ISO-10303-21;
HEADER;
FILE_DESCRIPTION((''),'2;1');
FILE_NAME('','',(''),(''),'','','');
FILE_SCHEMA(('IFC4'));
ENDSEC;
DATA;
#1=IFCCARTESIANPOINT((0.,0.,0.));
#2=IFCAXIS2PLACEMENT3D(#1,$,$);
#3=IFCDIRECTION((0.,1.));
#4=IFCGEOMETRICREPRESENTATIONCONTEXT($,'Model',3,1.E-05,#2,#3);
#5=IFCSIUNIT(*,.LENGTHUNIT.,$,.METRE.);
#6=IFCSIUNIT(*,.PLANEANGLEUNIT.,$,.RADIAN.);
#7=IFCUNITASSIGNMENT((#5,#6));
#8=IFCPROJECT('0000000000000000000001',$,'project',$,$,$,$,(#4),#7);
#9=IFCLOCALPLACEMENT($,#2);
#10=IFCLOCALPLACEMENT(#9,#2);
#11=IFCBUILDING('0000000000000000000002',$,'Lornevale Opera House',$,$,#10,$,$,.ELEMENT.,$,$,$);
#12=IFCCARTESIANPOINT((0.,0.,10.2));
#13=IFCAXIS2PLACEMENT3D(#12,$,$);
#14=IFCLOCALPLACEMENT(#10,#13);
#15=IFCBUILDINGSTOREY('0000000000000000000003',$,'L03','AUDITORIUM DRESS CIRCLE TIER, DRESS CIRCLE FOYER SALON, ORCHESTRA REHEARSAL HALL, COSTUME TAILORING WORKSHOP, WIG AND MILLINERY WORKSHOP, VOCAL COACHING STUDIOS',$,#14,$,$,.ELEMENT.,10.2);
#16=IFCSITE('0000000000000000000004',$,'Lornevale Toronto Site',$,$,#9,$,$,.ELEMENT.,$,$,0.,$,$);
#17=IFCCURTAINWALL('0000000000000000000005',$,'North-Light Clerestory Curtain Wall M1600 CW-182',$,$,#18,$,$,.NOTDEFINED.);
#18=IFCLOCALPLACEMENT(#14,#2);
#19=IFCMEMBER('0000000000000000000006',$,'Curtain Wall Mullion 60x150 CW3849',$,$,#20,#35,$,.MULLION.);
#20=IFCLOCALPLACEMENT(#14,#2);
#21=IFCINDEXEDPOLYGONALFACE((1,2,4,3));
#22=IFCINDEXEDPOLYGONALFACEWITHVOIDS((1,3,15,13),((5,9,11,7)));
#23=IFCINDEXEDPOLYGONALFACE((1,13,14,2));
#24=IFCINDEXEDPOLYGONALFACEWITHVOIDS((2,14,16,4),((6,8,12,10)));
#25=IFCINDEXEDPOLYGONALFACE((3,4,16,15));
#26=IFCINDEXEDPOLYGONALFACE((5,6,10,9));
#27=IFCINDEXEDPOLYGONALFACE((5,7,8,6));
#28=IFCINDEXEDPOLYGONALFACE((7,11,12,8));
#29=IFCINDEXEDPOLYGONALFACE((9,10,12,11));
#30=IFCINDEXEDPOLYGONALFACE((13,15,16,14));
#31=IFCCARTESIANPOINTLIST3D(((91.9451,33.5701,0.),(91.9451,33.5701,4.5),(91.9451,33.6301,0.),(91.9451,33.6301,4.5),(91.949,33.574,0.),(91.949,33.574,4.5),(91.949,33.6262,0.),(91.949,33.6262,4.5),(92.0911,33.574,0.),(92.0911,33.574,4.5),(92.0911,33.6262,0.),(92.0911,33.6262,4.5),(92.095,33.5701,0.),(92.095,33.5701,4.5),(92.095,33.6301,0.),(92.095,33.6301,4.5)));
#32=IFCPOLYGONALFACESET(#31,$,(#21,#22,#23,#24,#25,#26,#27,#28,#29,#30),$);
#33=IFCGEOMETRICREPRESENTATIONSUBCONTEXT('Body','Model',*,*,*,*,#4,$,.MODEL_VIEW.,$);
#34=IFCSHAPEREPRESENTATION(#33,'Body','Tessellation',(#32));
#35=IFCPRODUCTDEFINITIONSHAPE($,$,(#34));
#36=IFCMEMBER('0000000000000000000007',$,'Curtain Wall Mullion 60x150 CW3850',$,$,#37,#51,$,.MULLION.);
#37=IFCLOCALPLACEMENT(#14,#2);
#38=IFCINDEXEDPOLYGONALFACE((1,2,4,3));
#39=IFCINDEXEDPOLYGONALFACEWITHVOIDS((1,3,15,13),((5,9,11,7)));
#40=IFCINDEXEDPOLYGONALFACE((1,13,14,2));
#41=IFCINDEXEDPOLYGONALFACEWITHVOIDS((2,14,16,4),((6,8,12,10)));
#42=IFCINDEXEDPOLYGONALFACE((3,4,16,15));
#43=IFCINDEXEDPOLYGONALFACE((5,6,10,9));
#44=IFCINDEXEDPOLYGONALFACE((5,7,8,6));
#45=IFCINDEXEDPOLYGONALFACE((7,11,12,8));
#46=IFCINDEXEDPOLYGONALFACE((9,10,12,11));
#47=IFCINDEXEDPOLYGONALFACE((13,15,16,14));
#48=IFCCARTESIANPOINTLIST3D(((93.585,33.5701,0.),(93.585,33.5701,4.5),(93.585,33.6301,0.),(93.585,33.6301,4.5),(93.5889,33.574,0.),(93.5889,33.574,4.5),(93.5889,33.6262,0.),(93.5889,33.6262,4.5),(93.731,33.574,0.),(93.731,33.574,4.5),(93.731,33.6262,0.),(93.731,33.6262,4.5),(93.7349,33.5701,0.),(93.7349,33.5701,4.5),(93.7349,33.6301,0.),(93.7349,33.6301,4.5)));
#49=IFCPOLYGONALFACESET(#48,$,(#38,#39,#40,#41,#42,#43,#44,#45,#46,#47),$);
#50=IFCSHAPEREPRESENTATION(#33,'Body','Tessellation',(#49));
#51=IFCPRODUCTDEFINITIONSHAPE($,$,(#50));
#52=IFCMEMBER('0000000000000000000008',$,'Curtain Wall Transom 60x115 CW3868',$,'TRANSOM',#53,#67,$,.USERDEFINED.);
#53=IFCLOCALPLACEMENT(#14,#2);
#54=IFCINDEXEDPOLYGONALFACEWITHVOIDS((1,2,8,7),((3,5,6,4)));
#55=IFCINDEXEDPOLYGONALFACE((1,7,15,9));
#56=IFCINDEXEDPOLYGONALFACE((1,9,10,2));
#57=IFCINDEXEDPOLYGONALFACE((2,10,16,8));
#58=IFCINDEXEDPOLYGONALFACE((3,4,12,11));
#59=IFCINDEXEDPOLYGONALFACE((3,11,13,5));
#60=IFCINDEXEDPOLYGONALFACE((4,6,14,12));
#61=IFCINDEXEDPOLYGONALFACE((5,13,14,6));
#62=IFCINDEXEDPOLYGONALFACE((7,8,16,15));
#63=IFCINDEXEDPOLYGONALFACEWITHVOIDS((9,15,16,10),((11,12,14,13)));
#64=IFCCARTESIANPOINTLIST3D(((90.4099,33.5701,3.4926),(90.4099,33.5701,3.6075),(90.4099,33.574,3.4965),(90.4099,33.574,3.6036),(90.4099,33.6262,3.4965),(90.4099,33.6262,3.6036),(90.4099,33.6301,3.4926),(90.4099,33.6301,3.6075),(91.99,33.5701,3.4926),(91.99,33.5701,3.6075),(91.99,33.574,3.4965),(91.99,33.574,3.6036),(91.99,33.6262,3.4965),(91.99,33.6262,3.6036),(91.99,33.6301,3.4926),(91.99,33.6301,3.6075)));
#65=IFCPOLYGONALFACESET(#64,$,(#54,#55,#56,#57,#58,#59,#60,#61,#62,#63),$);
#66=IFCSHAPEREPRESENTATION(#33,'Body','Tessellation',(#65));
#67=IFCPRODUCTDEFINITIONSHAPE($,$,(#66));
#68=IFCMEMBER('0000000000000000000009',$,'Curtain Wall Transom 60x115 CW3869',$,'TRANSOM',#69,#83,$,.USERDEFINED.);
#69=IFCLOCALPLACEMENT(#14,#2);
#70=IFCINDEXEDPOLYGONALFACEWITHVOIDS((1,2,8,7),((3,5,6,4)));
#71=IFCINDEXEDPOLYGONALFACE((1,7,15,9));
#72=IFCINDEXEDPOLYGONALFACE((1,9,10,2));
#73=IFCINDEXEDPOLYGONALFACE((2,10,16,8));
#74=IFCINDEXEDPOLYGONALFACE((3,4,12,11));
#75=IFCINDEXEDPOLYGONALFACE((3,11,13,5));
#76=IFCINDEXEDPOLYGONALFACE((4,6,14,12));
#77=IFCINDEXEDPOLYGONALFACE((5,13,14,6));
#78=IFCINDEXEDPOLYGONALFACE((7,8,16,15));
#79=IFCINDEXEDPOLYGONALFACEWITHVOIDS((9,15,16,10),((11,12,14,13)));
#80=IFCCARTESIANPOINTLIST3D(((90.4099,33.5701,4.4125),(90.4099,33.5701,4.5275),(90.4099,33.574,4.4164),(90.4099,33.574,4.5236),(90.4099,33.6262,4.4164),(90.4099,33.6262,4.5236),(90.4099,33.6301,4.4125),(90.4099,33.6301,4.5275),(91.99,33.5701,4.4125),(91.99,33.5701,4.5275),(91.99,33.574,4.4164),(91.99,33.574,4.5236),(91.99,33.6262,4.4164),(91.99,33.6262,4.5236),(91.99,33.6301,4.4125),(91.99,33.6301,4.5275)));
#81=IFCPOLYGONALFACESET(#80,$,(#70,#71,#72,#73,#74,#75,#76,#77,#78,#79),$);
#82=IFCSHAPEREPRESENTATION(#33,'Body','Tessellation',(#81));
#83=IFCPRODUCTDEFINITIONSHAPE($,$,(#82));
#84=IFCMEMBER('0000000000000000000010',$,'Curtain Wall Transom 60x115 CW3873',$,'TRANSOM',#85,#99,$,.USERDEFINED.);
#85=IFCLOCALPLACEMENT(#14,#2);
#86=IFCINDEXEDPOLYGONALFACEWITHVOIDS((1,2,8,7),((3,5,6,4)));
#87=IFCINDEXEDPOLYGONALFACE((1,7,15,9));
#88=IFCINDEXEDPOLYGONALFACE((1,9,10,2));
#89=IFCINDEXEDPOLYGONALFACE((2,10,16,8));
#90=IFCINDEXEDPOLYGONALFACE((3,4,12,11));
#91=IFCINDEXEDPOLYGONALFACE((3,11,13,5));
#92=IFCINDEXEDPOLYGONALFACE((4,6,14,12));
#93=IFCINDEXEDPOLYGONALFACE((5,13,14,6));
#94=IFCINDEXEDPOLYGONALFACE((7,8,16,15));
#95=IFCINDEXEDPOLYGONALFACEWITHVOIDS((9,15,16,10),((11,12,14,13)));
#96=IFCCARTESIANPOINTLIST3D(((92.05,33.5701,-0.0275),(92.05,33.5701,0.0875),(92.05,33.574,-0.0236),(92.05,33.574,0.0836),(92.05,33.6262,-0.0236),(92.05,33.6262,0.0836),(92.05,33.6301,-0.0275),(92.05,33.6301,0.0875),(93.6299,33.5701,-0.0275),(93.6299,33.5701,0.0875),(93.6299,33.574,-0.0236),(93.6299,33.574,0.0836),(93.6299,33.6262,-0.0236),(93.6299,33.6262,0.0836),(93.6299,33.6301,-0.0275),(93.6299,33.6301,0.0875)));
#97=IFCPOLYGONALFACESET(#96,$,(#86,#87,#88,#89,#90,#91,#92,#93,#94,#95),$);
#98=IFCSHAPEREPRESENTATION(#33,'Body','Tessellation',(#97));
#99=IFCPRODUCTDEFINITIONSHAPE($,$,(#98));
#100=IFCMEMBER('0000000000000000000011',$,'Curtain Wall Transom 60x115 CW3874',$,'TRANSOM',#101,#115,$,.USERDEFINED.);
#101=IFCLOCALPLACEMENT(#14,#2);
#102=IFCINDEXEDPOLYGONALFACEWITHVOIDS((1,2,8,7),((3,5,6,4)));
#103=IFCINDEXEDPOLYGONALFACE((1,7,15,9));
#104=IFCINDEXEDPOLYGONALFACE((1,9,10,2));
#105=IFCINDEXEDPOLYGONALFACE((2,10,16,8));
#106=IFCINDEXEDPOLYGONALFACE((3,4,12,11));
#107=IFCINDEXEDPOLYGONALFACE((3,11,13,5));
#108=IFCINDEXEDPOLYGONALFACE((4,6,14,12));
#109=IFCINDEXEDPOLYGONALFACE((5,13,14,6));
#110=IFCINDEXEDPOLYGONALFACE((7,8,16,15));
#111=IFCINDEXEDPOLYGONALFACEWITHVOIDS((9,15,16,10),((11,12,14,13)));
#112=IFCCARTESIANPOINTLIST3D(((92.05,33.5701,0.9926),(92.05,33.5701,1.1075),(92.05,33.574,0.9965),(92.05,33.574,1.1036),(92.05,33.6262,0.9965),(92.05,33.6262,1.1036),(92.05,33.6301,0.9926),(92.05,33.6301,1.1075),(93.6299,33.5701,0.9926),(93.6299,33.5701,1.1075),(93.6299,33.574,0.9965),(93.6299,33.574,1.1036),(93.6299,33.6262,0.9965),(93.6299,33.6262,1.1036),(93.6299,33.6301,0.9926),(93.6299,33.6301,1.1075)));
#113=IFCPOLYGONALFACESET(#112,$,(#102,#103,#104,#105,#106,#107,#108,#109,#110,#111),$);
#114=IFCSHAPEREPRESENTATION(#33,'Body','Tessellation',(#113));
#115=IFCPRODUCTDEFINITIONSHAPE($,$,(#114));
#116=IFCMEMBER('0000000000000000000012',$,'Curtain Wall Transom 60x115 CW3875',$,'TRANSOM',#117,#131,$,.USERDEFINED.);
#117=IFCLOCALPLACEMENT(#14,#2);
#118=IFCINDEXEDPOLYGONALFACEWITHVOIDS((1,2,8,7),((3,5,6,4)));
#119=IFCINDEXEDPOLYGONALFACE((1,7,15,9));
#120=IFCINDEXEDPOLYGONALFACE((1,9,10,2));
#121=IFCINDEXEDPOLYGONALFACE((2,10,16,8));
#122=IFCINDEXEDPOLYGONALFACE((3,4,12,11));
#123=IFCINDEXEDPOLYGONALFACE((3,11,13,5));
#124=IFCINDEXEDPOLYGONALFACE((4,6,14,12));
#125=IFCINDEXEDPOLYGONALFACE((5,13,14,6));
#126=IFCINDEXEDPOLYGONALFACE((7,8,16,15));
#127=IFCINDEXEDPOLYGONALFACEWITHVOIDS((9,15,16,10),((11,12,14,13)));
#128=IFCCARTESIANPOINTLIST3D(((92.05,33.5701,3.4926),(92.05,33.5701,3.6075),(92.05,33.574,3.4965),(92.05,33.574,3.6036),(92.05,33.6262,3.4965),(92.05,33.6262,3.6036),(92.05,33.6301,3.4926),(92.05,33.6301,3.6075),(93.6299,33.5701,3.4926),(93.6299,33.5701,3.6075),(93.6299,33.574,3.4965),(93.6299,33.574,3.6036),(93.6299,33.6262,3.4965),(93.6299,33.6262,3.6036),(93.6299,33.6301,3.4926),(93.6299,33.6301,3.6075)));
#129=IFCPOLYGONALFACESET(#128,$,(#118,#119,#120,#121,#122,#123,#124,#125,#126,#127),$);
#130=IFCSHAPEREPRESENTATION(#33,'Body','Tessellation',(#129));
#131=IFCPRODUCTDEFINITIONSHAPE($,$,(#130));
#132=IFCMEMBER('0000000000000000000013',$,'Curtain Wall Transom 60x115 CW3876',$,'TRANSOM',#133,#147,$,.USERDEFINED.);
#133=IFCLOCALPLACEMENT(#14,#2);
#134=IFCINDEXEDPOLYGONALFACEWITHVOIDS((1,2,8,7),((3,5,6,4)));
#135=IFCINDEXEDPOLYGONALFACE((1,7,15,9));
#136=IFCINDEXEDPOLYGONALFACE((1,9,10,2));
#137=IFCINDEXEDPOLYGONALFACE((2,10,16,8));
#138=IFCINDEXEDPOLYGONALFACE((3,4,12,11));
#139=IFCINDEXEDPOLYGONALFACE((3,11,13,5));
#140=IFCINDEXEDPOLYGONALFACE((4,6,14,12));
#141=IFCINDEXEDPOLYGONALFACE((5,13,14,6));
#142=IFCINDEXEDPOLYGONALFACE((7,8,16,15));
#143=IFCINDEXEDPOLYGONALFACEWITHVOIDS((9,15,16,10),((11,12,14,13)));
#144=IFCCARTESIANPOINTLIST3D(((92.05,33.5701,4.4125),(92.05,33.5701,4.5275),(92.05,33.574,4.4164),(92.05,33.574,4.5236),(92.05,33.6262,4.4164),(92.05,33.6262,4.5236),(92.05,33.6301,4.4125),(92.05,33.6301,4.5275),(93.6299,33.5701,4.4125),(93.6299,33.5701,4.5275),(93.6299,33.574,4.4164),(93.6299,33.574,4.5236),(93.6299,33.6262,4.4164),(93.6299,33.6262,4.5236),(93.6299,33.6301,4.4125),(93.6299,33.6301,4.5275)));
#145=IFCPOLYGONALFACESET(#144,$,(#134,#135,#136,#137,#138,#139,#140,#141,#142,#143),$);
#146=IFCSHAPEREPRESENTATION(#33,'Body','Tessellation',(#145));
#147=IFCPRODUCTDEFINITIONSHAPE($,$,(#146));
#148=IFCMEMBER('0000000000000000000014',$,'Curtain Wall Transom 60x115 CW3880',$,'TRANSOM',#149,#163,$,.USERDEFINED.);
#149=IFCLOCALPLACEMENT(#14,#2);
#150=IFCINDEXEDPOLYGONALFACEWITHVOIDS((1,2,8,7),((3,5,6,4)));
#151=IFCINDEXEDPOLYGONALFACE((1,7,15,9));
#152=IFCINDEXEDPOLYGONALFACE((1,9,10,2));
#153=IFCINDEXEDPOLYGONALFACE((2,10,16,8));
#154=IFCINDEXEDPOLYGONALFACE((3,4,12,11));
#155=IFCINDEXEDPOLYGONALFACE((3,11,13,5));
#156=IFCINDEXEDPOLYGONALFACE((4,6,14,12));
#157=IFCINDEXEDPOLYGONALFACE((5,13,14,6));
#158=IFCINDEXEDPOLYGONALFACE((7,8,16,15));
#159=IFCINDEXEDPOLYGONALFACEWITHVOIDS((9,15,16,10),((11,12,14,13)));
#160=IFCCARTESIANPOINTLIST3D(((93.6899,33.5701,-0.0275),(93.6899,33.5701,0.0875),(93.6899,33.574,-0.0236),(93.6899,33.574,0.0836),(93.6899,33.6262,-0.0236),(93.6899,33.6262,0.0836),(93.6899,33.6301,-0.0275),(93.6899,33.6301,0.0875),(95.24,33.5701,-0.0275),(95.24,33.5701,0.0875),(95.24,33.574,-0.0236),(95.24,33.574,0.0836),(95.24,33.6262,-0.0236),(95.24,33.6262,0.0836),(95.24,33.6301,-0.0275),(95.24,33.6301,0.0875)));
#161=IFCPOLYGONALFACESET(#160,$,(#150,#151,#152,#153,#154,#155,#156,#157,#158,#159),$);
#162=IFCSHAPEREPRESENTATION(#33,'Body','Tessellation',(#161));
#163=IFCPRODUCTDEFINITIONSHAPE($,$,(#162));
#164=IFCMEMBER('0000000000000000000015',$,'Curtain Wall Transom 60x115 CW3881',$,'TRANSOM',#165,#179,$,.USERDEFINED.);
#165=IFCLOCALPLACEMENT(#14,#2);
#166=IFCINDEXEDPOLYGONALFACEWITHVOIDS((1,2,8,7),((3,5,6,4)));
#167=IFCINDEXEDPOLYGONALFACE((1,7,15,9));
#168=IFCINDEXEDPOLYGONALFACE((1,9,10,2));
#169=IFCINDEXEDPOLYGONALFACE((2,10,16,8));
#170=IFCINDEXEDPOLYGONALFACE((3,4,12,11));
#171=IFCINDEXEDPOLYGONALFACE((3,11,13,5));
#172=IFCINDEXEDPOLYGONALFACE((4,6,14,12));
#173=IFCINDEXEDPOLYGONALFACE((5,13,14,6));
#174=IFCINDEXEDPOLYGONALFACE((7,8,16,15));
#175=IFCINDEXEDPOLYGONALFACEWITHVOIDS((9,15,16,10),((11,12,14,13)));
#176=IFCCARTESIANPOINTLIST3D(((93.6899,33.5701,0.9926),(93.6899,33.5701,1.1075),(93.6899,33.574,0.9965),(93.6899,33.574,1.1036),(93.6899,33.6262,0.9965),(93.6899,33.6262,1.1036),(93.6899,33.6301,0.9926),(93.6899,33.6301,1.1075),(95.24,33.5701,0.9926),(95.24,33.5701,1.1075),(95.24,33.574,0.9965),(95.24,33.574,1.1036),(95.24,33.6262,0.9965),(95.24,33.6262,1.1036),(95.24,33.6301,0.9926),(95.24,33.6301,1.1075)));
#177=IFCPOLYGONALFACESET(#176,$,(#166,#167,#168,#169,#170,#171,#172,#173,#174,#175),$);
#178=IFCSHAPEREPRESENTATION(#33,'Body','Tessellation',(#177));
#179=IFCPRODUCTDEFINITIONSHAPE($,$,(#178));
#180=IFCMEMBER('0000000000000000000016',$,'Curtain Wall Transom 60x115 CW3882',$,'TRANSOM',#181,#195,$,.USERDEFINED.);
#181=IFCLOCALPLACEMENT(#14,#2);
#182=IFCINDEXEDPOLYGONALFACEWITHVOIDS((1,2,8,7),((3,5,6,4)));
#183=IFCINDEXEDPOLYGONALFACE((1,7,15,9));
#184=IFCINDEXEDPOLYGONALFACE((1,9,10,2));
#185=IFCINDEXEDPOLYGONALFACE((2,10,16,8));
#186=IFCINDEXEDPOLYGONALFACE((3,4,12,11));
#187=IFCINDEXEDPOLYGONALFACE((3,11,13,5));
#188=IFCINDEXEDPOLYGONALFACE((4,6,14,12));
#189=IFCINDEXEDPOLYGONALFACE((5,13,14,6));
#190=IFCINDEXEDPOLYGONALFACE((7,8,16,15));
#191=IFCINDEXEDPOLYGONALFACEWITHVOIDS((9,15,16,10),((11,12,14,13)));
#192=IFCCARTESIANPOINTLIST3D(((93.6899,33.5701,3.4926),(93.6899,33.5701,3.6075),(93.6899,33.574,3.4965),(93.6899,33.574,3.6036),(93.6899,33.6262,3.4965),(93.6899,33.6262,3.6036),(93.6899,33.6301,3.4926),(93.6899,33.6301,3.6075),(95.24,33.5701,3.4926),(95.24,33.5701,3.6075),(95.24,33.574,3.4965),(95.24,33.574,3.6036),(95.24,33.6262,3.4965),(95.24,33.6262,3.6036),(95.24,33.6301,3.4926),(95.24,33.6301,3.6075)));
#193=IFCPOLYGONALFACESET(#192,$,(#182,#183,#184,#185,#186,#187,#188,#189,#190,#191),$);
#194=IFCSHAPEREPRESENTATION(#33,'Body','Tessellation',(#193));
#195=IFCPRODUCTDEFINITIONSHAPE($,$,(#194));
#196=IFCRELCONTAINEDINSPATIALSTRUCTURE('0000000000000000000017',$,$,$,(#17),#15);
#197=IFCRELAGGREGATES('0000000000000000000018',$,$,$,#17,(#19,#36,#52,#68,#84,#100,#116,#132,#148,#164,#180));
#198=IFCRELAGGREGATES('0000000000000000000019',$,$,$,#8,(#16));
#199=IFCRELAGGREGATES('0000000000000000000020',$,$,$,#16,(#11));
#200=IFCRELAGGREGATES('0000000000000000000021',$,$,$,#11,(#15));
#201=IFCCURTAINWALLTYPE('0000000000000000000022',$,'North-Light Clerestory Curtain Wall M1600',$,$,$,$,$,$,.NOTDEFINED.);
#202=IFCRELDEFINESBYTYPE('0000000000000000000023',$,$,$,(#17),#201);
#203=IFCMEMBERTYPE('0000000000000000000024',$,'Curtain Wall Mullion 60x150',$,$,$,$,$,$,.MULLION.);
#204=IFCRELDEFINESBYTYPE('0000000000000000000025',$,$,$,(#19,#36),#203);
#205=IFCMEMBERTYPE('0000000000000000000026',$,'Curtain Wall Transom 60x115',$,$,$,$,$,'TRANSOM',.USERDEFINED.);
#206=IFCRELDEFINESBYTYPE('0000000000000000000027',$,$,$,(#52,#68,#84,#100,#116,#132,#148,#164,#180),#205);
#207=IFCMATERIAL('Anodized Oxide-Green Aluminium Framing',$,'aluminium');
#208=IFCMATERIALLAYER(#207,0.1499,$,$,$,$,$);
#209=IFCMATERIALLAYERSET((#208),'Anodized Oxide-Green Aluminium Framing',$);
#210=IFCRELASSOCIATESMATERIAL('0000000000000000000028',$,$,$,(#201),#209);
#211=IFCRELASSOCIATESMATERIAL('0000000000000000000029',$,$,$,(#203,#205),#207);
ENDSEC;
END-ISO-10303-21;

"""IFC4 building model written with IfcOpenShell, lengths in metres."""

from ifc_helpers import new_model, si_unit, direction, frame, origin, origin_2d, place, context, subcontext, project, spatial, hollow_rectangle, extrude, material, layer, layer_set, material_profile, profile_set, type_object, element, aggregate, save


model = new_model("IFC4")

# Units and contexts
model_context = context("Model", 3, precision=1e-05, world=origin(), true_north=direction((0.0, 1.0)))
body_context = subcontext(model_context, "Body", "Model", "MODEL_VIEW")
ifc_project = project(units=[si_unit("LENGTHUNIT", "METRE"), si_unit("PLANEANGLEUNIT", "RADIAN")], contexts=[model_context])

# Site, building, storey
site_placement = place(None, origin())
site = spatial("IfcSite", under=ifc_project, at=site_placement, Name="Lornevale Toronto Site", CompositionType="ELEMENT", RefElevation=0.0)
building_placement = place(site_placement, origin())
building = spatial("IfcBuilding", under=site, at=building_placement, Name="Lornevale Opera House", CompositionType="ELEMENT")
storey_placement = place(building_placement, frame((0.0, 0.0, 10.2)))
storey = spatial("IfcBuildingStorey", under=building, at=storey_placement, Name="L03", Description="AUDITORIUM DRESS CIRCLE TIER, DRESS CIRCLE FOYER SALON, ORCHESTRA REHEARSAL HALL, COSTUME TAILORING WORKSHOP, WIG AND MILLINERY WORKSHOP, VOCAL COACHING STUDIOS", CompositionType="ELEMENT", Elevation=10.2)

# Curtain wall, members
ifc_material_1 = material(Name="Anodized Oxide-Green Aluminium Framing", Category="aluminium")
ifc_layer_1 = layer(ifc_material_1, 0.1499)
ifc_layer_set_1 = layer_set([ifc_layer_1], Name="Anodized Oxide-Green Aluminium Framing")
curtain_wall_type = type_object("IfcCurtainWallType", Name="North-Light Clerestory Curtain Wall M1600", PredefinedType="NOTDEFINED", material=ifc_layer_set_1)
curtain_wall_placement = place(storey_placement, origin())
curtain_wall = element("IfcCurtainWall", 1, at=curtain_wall_placement, inside=storey, type_object=curtain_wall_type, Name="North-Light Clerestory Curtain Wall M1600 CW-182", PredefinedType="NOTDEFINED")
ifc_material_profile_1 = material_profile(ifc_material_1, hollow_rectangle(XDim=0.0601, YDim=0.1499, WallThickness=0.0039, at=origin_2d()), Name="ALU60x150x4")
ifc_profile_set_1 = profile_set([ifc_material_profile_1], Name="Anodized Oxide-Green Aluminium Framing")
member_type_1 = type_object("IfcMemberType", Name="Curtain Wall Mullion 60x150", PredefinedType="MULLION", material=ifc_profile_set_1)
member_1_placement = place(storey_placement, frame((92.02, 33.6001, 0.0), z_axis=(0.0, 0.0, 1.0), x_axis=(0.0, 1.0, 0.0)))
member_1 = element("IfcMember", 2, at=member_1_placement, type_object=member_type_1, Name="Curtain Wall Mullion 60x150 CW3849", PredefinedType="MULLION", context=body_context, shape_type="SweptSolid", body=[
    extrude(hollow_rectangle(XDim=0.0601, YDim=0.1499, WallThickness=0.0039, at=origin_2d()), origin(), (0.0, 0.0, 1.0), 4.5),
])
member_2_placement = place(storey_placement, frame((93.6599, 33.6001, 0.0), z_axis=(0.0, 0.0, 1.0), x_axis=(0.0, 1.0, 0.0)))
member_2 = element("IfcMember", 3, at=member_2_placement, type_object=member_type_1, Name="Curtain Wall Mullion 60x150 CW3850", PredefinedType="MULLION", context=body_context, shape_type="SweptSolid", body=[
    extrude(hollow_rectangle(XDim=0.0601, YDim=0.1499, WallThickness=0.0039, at=origin_2d()), origin(), (0.0, 0.0, 1.0), 4.5),
])
ifc_material_profile_2 = material_profile(ifc_material_1, hollow_rectangle(XDim=0.0601, YDim=0.115, WallThickness=0.0039, at=origin_2d()), Name="ALU60x115x4")
ifc_profile_set_2 = profile_set([ifc_material_profile_2], Name="Anodized Oxide-Green Aluminium Framing")
member_type_2 = type_object("IfcMemberType", Name="Curtain Wall Transom 60x115", ElementType="TRANSOM", PredefinedType="USERDEFINED", material=ifc_profile_set_2)
member_3_placement = place(storey_placement, frame((90.4099, 33.6001, 3.55), z_axis=(1.0, 0.0, 0.0), x_axis=(0.0, 1.0, 0.0)))
member_3 = element("IfcMember", 4, at=member_3_placement, type_object=member_type_2, Name="Curtain Wall Transom 60x115 CW3868", ObjectType="TRANSOM", PredefinedType="USERDEFINED", context=body_context, shape_type="SweptSolid", body=[
    extrude(hollow_rectangle(XDim=0.0601, YDim=0.115, WallThickness=0.0039, at=origin_2d()), origin(), (0.0, 0.0, 1.0), 1.5801),
])
member_4_placement = place(storey_placement, frame((90.4099, 33.6001, 4.47), z_axis=(1.0, 0.0, 0.0), x_axis=(0.0, 1.0, 0.0)))
member_4 = element("IfcMember", 5, at=member_4_placement, type_object=member_type_2, Name="Curtain Wall Transom 60x115 CW3869", ObjectType="TRANSOM", PredefinedType="USERDEFINED", context=body_context, shape_type="SweptSolid", body=[
    extrude(hollow_rectangle(XDim=0.0601, YDim=0.115, WallThickness=0.0039, at=origin_2d()), origin(), (0.0, 0.0, 1.0), 1.5801),
])
member_5_placement = place(storey_placement, frame((92.05, 33.6001, 0.03), z_axis=(1.0, 0.0, 0.0), x_axis=(0.0, 1.0, 0.0)))
member_5 = element("IfcMember", 6, at=member_5_placement, type_object=member_type_2, Name="Curtain Wall Transom 60x115 CW3873", ObjectType="TRANSOM", PredefinedType="USERDEFINED", context=body_context, shape_type="SweptSolid", body=[
    extrude(hollow_rectangle(XDim=0.0601, YDim=0.115, WallThickness=0.0039, at=origin_2d()), origin(), (0.0, 0.0, 1.0), 1.5798),
])
member_6_placement = place(storey_placement, frame((92.05, 33.6001, 1.05), z_axis=(1.0, 0.0, 0.0), x_axis=(0.0, 1.0, 0.0)))
member_6 = element("IfcMember", 7, at=member_6_placement, type_object=member_type_2, Name="Curtain Wall Transom 60x115 CW3874", ObjectType="TRANSOM", PredefinedType="USERDEFINED", context=body_context, shape_type="SweptSolid", body=[
    extrude(hollow_rectangle(XDim=0.0601, YDim=0.115, WallThickness=0.0039, at=origin_2d()), origin(), (0.0, 0.0, 1.0), 1.5798),
])
member_7_placement = place(storey_placement, frame((92.05, 33.6001, 3.55), z_axis=(1.0, 0.0, 0.0), x_axis=(0.0, 1.0, 0.0)))
member_7 = element("IfcMember", 8, at=member_7_placement, type_object=member_type_2, Name="Curtain Wall Transom 60x115 CW3875", ObjectType="TRANSOM", PredefinedType="USERDEFINED", context=body_context, shape_type="SweptSolid", body=[
    extrude(hollow_rectangle(XDim=0.0601, YDim=0.115, WallThickness=0.0039, at=origin_2d()), origin(), (0.0, 0.0, 1.0), 1.5798),
])
member_8_placement = place(storey_placement, frame((92.05, 33.6001, 4.47), z_axis=(1.0, 0.0, 0.0), x_axis=(0.0, 1.0, 0.0)))
member_8 = element("IfcMember", 9, at=member_8_placement, type_object=member_type_2, Name="Curtain Wall Transom 60x115 CW3876", ObjectType="TRANSOM", PredefinedType="USERDEFINED", context=body_context, shape_type="SweptSolid", body=[
    extrude(hollow_rectangle(XDim=0.0601, YDim=0.115, WallThickness=0.0039, at=origin_2d()), origin(), (0.0, 0.0, 1.0), 1.5798),
])
member_9_placement = place(storey_placement, frame((93.6899, 33.6001, 0.03), z_axis=(1.0, 0.0, 0.0), x_axis=(0.0, 1.0, 0.0)))
member_9 = element("IfcMember", 10, at=member_9_placement, type_object=member_type_2, Name="Curtain Wall Transom 60x115 CW3880", ObjectType="TRANSOM", PredefinedType="USERDEFINED", context=body_context, shape_type="SweptSolid", body=[
    extrude(hollow_rectangle(XDim=0.0601, YDim=0.115, WallThickness=0.0039, at=origin_2d()), origin(), (0.0, 0.0, 1.0), 1.55),
])
member_10_placement = place(storey_placement, frame((93.6899, 33.6001, 1.05), z_axis=(1.0, 0.0, 0.0), x_axis=(0.0, 1.0, 0.0)))
member_10 = element("IfcMember", 11, at=member_10_placement, type_object=member_type_2, Name="Curtain Wall Transom 60x115 CW3881", ObjectType="TRANSOM", PredefinedType="USERDEFINED", context=body_context, shape_type="SweptSolid", body=[
    extrude(hollow_rectangle(XDim=0.0601, YDim=0.115, WallThickness=0.0039, at=origin_2d()), origin(), (0.0, 0.0, 1.0), 1.55),
])
member_11_placement = place(storey_placement, frame((93.6899, 33.6001, 3.55), z_axis=(1.0, 0.0, 0.0), x_axis=(0.0, 1.0, 0.0)))
member_11 = element("IfcMember", 12, at=member_11_placement, type_object=member_type_2, Name="Curtain Wall Transom 60x115 CW3882", ObjectType="TRANSOM", PredefinedType="USERDEFINED", context=body_context, shape_type="SweptSolid", body=[
    extrude(hollow_rectangle(XDim=0.0601, YDim=0.115, WallThickness=0.0039, at=origin_2d()), origin(), (0.0, 0.0, 1.0), 1.55),
])
aggregate(curtain_wall, [member_1, member_2, member_3, member_4, member_5, member_6, member_7, member_8, member_9, member_10, member_11])

save(model, "model.ifc")
